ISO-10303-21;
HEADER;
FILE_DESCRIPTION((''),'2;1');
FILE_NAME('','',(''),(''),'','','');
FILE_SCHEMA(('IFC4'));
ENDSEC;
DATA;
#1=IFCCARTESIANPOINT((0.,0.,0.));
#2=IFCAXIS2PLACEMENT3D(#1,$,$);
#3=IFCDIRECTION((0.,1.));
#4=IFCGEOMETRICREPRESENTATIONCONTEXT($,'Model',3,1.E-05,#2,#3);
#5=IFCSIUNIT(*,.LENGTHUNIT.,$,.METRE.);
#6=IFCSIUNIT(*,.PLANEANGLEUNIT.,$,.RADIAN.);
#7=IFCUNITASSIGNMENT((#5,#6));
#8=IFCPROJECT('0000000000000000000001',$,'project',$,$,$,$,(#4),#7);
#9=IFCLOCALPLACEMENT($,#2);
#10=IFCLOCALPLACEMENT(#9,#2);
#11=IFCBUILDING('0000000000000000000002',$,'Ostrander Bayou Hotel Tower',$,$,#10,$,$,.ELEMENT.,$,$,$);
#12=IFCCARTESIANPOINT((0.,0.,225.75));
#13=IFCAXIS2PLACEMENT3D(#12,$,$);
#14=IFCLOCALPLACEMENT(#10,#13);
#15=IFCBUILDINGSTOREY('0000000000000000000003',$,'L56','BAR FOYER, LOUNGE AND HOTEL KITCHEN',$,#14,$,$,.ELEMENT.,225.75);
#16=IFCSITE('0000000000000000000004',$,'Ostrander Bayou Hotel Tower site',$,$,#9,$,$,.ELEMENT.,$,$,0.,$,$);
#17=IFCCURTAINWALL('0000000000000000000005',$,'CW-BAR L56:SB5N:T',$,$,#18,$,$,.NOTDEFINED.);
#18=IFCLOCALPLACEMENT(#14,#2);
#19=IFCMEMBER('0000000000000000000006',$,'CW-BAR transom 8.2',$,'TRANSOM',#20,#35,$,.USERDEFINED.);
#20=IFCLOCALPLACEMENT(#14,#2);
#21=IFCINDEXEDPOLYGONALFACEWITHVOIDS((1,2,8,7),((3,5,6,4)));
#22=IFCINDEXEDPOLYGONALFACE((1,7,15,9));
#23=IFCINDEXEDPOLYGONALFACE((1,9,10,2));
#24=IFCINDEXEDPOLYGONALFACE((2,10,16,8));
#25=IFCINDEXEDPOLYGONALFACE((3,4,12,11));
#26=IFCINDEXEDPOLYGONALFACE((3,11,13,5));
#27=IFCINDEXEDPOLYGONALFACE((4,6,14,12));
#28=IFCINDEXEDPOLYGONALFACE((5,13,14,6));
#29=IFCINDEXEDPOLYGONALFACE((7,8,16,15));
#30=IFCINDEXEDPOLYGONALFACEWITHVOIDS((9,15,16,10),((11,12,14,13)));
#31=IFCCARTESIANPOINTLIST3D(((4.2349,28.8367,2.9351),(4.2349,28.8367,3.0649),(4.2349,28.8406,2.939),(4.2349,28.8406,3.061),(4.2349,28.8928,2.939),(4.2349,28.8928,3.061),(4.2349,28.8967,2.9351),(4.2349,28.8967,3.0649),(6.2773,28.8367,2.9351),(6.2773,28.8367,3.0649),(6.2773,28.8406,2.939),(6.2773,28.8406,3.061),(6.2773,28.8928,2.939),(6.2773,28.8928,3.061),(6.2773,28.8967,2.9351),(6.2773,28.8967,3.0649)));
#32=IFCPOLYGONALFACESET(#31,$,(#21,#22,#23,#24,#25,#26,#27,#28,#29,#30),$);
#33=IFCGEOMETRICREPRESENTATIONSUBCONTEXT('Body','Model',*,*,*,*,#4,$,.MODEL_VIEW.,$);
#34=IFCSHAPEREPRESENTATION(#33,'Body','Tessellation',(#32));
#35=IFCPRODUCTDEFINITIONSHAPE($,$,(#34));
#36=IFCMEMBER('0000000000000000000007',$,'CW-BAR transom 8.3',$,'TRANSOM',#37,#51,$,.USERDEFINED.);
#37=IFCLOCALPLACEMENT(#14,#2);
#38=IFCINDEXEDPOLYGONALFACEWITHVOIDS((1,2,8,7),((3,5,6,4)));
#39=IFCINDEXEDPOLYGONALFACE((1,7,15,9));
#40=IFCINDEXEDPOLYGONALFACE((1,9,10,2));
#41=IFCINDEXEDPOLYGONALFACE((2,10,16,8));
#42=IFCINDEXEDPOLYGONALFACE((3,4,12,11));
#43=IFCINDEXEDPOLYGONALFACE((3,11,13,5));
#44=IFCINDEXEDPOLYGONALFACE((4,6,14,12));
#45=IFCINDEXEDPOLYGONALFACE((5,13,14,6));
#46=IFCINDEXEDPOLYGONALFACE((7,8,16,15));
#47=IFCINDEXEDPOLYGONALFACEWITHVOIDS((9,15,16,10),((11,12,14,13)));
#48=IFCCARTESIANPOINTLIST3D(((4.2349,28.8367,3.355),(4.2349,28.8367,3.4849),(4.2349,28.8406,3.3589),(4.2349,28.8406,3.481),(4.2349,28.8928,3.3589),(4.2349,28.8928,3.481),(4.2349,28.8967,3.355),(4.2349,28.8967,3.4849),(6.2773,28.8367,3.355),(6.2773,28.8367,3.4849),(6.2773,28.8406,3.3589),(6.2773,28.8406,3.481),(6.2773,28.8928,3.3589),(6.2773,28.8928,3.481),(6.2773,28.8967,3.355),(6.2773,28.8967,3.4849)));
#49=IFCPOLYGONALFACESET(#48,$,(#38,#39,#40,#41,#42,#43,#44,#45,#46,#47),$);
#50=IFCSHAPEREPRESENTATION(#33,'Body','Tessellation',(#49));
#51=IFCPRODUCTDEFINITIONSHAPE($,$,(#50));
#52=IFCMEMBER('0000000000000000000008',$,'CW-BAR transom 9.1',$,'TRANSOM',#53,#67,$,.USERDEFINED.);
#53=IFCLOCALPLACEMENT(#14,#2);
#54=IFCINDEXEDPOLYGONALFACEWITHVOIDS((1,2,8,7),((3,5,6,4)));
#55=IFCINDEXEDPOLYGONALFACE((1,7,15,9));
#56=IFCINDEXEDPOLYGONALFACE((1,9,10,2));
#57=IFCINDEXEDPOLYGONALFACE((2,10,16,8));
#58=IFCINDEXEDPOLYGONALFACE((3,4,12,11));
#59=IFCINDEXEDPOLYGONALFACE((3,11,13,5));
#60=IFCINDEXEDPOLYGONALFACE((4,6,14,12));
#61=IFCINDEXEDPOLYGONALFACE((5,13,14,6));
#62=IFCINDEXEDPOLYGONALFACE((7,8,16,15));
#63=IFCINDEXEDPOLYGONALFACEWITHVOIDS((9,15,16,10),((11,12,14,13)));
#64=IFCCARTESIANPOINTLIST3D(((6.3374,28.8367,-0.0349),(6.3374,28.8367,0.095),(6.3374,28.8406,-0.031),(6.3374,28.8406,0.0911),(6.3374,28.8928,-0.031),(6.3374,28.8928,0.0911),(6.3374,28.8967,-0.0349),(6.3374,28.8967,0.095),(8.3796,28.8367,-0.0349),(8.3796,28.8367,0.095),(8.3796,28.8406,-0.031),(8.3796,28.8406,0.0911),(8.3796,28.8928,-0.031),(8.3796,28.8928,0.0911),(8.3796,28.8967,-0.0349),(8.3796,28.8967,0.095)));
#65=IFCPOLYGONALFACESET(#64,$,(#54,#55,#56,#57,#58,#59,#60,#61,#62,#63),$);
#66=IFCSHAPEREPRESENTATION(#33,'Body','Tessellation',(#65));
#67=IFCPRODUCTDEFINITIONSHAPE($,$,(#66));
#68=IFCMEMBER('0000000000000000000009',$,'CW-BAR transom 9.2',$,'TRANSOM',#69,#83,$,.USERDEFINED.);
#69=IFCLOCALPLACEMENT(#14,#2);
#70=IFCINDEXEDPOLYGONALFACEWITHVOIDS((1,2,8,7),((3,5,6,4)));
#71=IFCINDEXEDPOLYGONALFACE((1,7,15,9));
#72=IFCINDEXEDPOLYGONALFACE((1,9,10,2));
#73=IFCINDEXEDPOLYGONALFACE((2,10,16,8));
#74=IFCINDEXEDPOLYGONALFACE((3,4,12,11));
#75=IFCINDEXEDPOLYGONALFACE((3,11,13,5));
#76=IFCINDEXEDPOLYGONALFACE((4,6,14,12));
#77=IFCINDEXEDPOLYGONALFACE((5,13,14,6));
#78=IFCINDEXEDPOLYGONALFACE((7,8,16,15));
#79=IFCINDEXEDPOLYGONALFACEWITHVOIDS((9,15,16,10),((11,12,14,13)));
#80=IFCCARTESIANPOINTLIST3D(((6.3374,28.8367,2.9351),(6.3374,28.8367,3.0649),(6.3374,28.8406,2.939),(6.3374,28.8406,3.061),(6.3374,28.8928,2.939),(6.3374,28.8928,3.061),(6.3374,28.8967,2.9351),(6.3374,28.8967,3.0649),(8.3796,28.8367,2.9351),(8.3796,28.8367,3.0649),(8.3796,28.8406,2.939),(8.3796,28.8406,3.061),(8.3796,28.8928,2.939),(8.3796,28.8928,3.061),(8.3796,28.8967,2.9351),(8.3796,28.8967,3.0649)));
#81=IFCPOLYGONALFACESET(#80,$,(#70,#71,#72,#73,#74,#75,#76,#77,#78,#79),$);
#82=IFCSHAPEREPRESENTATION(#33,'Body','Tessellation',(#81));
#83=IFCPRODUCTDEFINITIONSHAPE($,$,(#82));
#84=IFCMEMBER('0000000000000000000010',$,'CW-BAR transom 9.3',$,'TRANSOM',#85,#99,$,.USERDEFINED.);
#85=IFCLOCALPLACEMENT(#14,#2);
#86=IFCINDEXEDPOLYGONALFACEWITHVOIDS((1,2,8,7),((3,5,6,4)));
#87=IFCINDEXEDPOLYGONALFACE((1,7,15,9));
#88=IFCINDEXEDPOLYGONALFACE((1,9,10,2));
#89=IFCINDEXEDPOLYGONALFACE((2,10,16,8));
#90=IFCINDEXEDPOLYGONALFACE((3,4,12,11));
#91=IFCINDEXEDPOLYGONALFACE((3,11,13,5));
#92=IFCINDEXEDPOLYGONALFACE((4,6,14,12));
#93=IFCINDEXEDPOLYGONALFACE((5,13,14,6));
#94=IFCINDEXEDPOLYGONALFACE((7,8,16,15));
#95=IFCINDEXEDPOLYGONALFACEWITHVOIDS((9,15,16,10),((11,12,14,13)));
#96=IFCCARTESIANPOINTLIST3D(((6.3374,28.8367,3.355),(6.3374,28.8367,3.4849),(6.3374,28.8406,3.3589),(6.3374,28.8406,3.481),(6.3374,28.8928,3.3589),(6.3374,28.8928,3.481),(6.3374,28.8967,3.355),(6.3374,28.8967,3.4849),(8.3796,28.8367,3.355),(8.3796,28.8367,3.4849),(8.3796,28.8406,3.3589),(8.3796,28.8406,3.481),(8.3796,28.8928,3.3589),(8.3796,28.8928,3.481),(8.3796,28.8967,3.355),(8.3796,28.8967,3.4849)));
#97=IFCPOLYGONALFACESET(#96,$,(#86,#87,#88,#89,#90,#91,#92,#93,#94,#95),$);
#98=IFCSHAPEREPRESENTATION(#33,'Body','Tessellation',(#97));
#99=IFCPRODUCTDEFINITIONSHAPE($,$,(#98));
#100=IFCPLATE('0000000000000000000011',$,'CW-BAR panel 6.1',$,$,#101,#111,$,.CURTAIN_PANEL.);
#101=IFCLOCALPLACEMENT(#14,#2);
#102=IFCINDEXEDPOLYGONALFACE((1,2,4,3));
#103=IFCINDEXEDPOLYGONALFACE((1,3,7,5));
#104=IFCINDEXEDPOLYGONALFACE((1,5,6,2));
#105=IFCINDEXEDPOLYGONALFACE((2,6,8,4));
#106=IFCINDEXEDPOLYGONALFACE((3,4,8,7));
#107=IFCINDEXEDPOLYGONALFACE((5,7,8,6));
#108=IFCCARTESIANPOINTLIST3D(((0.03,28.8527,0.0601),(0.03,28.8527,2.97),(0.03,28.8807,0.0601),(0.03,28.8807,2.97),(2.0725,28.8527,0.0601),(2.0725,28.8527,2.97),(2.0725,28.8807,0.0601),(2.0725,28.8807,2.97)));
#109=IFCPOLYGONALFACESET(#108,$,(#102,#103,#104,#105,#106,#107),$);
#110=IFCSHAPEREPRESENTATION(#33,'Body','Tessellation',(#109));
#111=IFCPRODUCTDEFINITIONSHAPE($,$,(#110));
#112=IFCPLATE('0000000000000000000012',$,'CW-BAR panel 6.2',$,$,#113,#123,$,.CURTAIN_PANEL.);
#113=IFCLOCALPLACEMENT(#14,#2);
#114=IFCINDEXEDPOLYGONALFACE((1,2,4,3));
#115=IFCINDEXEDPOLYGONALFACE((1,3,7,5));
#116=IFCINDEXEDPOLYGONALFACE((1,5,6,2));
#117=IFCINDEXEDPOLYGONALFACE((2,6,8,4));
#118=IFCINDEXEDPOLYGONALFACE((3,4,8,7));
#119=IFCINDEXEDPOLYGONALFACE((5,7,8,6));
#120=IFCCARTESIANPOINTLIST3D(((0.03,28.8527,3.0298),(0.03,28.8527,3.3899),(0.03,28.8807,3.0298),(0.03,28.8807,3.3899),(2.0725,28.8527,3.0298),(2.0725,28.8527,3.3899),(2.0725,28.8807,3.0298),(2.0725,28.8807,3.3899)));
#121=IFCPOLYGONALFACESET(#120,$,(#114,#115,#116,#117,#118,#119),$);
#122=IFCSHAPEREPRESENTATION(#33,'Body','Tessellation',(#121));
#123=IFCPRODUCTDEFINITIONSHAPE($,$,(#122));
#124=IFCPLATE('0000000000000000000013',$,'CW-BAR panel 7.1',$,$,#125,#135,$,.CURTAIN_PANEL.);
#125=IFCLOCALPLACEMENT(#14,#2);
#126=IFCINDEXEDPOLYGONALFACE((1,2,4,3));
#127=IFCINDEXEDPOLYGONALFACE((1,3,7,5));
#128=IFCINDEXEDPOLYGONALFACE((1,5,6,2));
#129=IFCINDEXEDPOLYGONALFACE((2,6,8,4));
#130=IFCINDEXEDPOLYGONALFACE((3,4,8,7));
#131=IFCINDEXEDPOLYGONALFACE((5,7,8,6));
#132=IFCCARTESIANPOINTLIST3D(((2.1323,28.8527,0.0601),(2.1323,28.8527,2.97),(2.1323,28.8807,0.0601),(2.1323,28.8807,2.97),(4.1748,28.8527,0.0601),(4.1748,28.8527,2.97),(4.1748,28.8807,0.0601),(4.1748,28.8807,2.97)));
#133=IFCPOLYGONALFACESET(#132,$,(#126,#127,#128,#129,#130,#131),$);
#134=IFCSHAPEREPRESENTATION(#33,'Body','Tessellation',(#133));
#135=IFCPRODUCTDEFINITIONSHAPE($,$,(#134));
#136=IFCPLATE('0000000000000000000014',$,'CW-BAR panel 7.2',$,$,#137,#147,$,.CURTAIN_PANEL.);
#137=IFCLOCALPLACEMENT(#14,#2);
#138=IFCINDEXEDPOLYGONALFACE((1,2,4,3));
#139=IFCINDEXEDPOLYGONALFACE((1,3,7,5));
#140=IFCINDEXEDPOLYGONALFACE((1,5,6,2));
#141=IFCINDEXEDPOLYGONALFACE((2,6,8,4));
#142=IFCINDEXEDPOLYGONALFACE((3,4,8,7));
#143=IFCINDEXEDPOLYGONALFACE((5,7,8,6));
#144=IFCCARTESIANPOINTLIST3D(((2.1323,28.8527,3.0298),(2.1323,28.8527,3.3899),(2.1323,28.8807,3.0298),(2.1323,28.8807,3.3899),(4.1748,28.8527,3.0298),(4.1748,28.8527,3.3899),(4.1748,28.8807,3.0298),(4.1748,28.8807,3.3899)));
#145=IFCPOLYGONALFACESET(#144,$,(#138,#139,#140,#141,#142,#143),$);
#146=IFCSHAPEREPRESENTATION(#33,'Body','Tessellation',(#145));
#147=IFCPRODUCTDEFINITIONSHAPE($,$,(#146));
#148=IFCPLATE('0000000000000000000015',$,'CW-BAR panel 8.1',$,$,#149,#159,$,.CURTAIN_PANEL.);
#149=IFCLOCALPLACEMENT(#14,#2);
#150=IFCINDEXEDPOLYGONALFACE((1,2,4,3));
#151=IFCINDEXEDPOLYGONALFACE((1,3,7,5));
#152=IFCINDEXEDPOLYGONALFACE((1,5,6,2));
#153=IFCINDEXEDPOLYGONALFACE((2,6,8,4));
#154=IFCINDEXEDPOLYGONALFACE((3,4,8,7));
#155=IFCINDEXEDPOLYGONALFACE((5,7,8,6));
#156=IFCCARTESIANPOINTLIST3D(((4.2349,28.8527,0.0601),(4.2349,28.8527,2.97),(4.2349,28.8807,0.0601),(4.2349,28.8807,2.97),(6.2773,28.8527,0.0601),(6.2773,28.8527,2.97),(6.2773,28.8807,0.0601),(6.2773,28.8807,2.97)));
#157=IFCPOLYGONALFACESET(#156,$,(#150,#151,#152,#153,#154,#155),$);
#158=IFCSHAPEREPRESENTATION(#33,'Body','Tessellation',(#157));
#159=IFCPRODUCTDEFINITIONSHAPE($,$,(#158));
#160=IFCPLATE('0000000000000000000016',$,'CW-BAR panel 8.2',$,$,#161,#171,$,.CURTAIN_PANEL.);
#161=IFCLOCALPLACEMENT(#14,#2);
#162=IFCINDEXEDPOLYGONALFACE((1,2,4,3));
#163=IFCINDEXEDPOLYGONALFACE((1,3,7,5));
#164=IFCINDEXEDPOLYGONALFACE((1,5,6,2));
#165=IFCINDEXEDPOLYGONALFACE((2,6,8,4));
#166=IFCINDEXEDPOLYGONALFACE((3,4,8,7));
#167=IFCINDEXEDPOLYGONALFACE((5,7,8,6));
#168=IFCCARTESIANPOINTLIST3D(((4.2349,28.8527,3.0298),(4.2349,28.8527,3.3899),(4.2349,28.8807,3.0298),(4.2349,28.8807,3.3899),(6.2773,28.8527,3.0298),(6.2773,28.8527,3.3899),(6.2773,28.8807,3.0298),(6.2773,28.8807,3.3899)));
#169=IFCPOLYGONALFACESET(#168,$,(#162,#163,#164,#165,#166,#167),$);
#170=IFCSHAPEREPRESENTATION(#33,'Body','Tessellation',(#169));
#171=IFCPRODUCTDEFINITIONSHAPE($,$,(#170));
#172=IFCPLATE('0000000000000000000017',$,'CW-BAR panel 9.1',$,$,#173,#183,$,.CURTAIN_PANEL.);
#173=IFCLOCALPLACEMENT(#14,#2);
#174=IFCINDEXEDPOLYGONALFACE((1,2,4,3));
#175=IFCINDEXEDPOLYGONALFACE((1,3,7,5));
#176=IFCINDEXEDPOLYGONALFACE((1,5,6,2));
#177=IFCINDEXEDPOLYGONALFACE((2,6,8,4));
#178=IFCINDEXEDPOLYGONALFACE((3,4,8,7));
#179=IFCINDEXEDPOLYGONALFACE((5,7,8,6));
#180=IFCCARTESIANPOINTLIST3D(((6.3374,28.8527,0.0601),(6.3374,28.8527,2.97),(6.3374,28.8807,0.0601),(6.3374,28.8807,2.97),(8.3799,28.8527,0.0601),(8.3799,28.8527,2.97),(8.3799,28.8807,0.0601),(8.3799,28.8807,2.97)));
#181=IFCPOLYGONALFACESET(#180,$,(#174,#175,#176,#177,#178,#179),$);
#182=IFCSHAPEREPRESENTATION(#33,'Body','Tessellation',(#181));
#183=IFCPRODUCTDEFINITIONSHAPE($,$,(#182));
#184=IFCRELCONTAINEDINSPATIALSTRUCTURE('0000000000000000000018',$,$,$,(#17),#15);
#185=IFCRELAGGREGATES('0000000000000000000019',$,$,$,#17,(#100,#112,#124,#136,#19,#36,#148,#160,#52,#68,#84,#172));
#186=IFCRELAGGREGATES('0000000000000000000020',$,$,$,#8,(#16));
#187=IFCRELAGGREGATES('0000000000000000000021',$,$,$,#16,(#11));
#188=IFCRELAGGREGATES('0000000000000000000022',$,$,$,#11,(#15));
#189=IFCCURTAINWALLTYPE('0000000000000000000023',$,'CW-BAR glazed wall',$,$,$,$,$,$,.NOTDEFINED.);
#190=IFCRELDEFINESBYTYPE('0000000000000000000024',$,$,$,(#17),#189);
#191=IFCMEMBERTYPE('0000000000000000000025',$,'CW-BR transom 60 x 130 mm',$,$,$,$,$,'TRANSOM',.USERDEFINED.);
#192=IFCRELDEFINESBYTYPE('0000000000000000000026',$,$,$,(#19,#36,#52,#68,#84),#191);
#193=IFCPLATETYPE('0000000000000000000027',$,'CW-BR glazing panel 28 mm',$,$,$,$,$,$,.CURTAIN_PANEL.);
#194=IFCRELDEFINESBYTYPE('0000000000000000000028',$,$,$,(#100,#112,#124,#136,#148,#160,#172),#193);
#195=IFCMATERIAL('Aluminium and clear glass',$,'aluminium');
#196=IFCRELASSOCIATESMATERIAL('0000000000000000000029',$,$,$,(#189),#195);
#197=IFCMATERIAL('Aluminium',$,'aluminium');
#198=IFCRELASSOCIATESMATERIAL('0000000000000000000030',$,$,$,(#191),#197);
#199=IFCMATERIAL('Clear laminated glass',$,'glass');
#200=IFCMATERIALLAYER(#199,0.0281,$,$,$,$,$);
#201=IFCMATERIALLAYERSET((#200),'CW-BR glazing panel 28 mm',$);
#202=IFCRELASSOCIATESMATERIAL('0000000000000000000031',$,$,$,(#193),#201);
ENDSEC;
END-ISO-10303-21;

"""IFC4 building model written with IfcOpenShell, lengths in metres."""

from ifc_helpers import new_model, si_unit, direction, frame, origin, origin_2d, place, context, subcontext, project, spatial, rectangle, hollow_rectangle, extrude, material, layer, layer_set, material_profile, profile_set, type_object, element, aggregate, save


model = new_model("IFC4")

# Units and contexts
model_context = context("Model", 3, precision=1e-05, world=origin(), true_north=direction((0.0, 1.0)))
body_context = subcontext(model_context, "Body", "Model", "MODEL_VIEW")
ifc_project = project(units=[si_unit("LENGTHUNIT", "METRE"), si_unit("PLANEANGLEUNIT", "RADIAN")], contexts=[model_context])

# Site, building, storey
site_placement = place(None, origin())
site = spatial("IfcSite", under=ifc_project, at=site_placement, Name="Ostrander Bayou Hotel Tower site", CompositionType="ELEMENT", RefElevation=0.0)
building_placement = place(site_placement, origin())
building = spatial("IfcBuilding", under=site, at=building_placement, Name="Ostrander Bayou Hotel Tower", CompositionType="ELEMENT")
storey_placement = place(building_placement, frame((0.0, 0.0, 225.75)))
storey = spatial("IfcBuildingStorey", under=building, at=storey_placement, Name="L56", Description="BAR FOYER, LOUNGE AND HOTEL KITCHEN", CompositionType="ELEMENT", Elevation=225.75)

# Curtain wall, members, plates
ifc_material_1 = material(Name="Aluminium and clear glass", Category="aluminium")
curtain_wall_type = type_object("IfcCurtainWallType", Name="CW-BAR glazed wall", PredefinedType="NOTDEFINED", material=ifc_material_1)
curtain_wall_placement = place(storey_placement, origin())
curtain_wall = element("IfcCurtainWall", 1, at=curtain_wall_placement, inside=storey, type_object=curtain_wall_type, Name="CW-BAR L56:SB5N:T", PredefinedType="NOTDEFINED")
ifc_material_2 = material(Name="Aluminium", Category="aluminium")
ifc_material_profile_1 = material_profile(ifc_material_2, hollow_rectangle(XDim=0.0601, YDim=0.1299, WallThickness=0.0039, at=origin_2d()))
ifc_profile_set_1 = profile_set([ifc_material_profile_1], Name="Aluminium")
member_type_1 = type_object("IfcMemberType", Name="CW-BR transom 60 x 130 mm", ElementType="TRANSOM", PredefinedType="USERDEFINED", material=ifc_profile_set_1)
member_1_placement = place(storey_placement, frame((4.2349, 28.8667, 3.0), z_axis=(1.0, 0.0, 0.0), x_axis=(0.0, 1.0, 0.0)))
member_1 = element("IfcMember", 2, at=member_1_placement, type_object=member_type_1, Name="CW-BAR transom 8.2", ObjectType="TRANSOM", PredefinedType="USERDEFINED", context=body_context, shape_type="SweptSolid", body=[
    extrude(hollow_rectangle(XDim=0.0601, YDim=0.1299, WallThickness=0.0039, at=origin_2d()), origin(), (0.0, 0.0, 1.0), 2.0425),
])
member_2_placement = place(storey_placement, frame((4.2349, 28.8667, 3.4199), z_axis=(1.0, 0.0, 0.0), x_axis=(0.0, 1.0, 0.0)))
member_2 = element("IfcMember", 3, at=member_2_placement, type_object=member_type_1, Name="CW-BAR transom 8.3", ObjectType="TRANSOM", PredefinedType="USERDEFINED", context=body_context, shape_type="SweptSolid", body=[
    extrude(hollow_rectangle(XDim=0.0601, YDim=0.1299, WallThickness=0.0039, at=origin_2d()), origin(), (0.0, 0.0, 1.0), 2.0425),
])
member_3_placement = place(storey_placement, frame((6.3374, 28.8667, 0.03), z_axis=(1.0, 0.0, 0.0), x_axis=(0.0, 1.0, 0.0)))
member_3 = element("IfcMember", 4, at=member_3_placement, type_object=member_type_1, Name="CW-BAR transom 9.1", ObjectType="TRANSOM", PredefinedType="USERDEFINED", context=body_context, shape_type="SweptSolid", body=[
    extrude(hollow_rectangle(XDim=0.0601, YDim=0.1299, WallThickness=0.0039, at=origin_2d()), origin(), (0.0, 0.0, 1.0), 2.0422),
])
member_4_placement = place(storey_placement, frame((6.3374, 28.8667, 3.0), z_axis=(1.0, 0.0, 0.0), x_axis=(0.0, 1.0, 0.0)))
member_4 = element("IfcMember", 5, at=member_4_placement, type_object=member_type_1, Name="CW-BAR transom 9.2", ObjectType="TRANSOM", PredefinedType="USERDEFINED", context=body_context, shape_type="SweptSolid", body=[
    extrude(hollow_rectangle(XDim=0.0601, YDim=0.1299, WallThickness=0.0039, at=origin_2d()), origin(), (0.0, 0.0, 1.0), 2.0422),
])
member_5_placement = place(storey_placement, frame((6.3374, 28.8667, 3.4199), z_axis=(1.0, 0.0, 0.0), x_axis=(0.0, 1.0, 0.0)))
member_5 = element("IfcMember", 6, at=member_5_placement, type_object=member_type_1, Name="CW-BAR transom 9.3", ObjectType="TRANSOM", PredefinedType="USERDEFINED", context=body_context, shape_type="SweptSolid", body=[
    extrude(hollow_rectangle(XDim=0.0601, YDim=0.1299, WallThickness=0.0039, at=origin_2d()), origin(), (0.0, 0.0, 1.0), 2.0422),
])
ifc_material_3 = material(Name="Clear laminated glass", Category="glass")
ifc_layer = layer(ifc_material_3, 0.0281)
ifc_layer_set = layer_set([ifc_layer], Name="CW-BR glazing panel 28 mm")
plate_type = type_object("IfcPlateType", Name="CW-BR glazing panel 28 mm", PredefinedType="CURTAIN_PANEL", material=ifc_layer_set)
plate_1_placement = place(storey_placement, frame((1.0513, 28.8667, 0.0601), z_axis=(0.0, 0.0, 1.0), x_axis=(1.0, 0.0, 0.0)))
plate_1 = element("IfcPlate", 7, at=plate_1_placement, type_object=plate_type, Name="CW-BAR panel 6.1", PredefinedType="CURTAIN_PANEL", context=body_context, shape_type="SweptSolid", body=[
    extrude(rectangle(XDim=2.0425, YDim=0.0281, at=origin_2d()), origin(), (0.0, 0.0, 1.0), 2.9099),
])
plate_2_placement = place(storey_placement, frame((1.0513, 28.8667, 3.0298), z_axis=(0.0, 0.0, 1.0), x_axis=(1.0, 0.0, 0.0)))
plate_2 = element("IfcPlate", 8, at=plate_2_placement, type_object=plate_type, Name="CW-BAR panel 6.2", PredefinedType="CURTAIN_PANEL", context=body_context, shape_type="SweptSolid", body=[
    extrude(rectangle(XDim=2.0425, YDim=0.0281, at=origin_2d()), origin(), (0.0, 0.0, 1.0), 0.3601),
])
plate_3_placement = place(storey_placement, frame((3.1536, 28.8667, 0.0601), z_axis=(0.0, 0.0, 1.0), x_axis=(1.0, 0.0, 0.0)))
plate_3 = element("IfcPlate", 9, at=plate_3_placement, type_object=plate_type, Name="CW-BAR panel 7.1", PredefinedType="CURTAIN_PANEL", context=body_context, shape_type="SweptSolid", body=[
    extrude(rectangle(XDim=2.0425, YDim=0.0281, at=origin_2d()), origin(), (0.0, 0.0, 1.0), 2.9099),
])
plate_4_placement = place(storey_placement, frame((3.1536, 28.8667, 3.0298), z_axis=(0.0, 0.0, 1.0), x_axis=(1.0, 0.0, 0.0)))
plate_4 = element("IfcPlate", 10, at=plate_4_placement, type_object=plate_type, Name="CW-BAR panel 7.2", PredefinedType="CURTAIN_PANEL", context=body_context, shape_type="SweptSolid", body=[
    extrude(rectangle(XDim=2.0425, YDim=0.0281, at=origin_2d()), origin(), (0.0, 0.0, 1.0), 0.3601),
])
plate_5_placement = place(storey_placement, frame((5.2561, 28.8667, 0.0601), z_axis=(0.0, 0.0, 1.0), x_axis=(1.0, 0.0, 0.0)))
plate_5 = element("IfcPlate", 11, at=plate_5_placement, type_object=plate_type, Name="CW-BAR panel 8.1", PredefinedType="CURTAIN_PANEL", context=body_context, shape_type="SweptSolid", body=[
    extrude(rectangle(XDim=2.0425, YDim=0.0281, at=origin_2d()), origin(), (0.0, 0.0, 1.0), 2.9099),
])
plate_6_placement = place(storey_placement, frame((5.2561, 28.8667, 3.0298), z_axis=(0.0, 0.0, 1.0), x_axis=(1.0, 0.0, 0.0)))
plate_6 = element("IfcPlate", 12, at=plate_6_placement, type_object=plate_type, Name="CW-BAR panel 8.2", PredefinedType="CURTAIN_PANEL", context=body_context, shape_type="SweptSolid", body=[
    extrude(rectangle(XDim=2.0425, YDim=0.0281, at=origin_2d()), origin(), (0.0, 0.0, 1.0), 0.3601),
])
plate_7_placement = place(storey_placement, frame((7.3586, 28.8667, 0.0601), z_axis=(0.0, 0.0, 1.0), x_axis=(1.0, 0.0, 0.0)))
plate_7 = element("IfcPlate", 13, at=plate_7_placement, type_object=plate_type, Name="CW-BAR panel 9.1", PredefinedType="CURTAIN_PANEL", context=body_context, shape_type="SweptSolid", body=[
    extrude(rectangle(XDim=2.0425, YDim=0.0281, at=origin_2d()), origin(), (0.0, 0.0, 1.0), 2.9099),
])
aggregate(curtain_wall, [plate_1, plate_2, plate_3, plate_4, member_1, member_2, plate_5, plate_6, member_3, member_4, member_5, plate_7])

save(model, "model.ifc")
